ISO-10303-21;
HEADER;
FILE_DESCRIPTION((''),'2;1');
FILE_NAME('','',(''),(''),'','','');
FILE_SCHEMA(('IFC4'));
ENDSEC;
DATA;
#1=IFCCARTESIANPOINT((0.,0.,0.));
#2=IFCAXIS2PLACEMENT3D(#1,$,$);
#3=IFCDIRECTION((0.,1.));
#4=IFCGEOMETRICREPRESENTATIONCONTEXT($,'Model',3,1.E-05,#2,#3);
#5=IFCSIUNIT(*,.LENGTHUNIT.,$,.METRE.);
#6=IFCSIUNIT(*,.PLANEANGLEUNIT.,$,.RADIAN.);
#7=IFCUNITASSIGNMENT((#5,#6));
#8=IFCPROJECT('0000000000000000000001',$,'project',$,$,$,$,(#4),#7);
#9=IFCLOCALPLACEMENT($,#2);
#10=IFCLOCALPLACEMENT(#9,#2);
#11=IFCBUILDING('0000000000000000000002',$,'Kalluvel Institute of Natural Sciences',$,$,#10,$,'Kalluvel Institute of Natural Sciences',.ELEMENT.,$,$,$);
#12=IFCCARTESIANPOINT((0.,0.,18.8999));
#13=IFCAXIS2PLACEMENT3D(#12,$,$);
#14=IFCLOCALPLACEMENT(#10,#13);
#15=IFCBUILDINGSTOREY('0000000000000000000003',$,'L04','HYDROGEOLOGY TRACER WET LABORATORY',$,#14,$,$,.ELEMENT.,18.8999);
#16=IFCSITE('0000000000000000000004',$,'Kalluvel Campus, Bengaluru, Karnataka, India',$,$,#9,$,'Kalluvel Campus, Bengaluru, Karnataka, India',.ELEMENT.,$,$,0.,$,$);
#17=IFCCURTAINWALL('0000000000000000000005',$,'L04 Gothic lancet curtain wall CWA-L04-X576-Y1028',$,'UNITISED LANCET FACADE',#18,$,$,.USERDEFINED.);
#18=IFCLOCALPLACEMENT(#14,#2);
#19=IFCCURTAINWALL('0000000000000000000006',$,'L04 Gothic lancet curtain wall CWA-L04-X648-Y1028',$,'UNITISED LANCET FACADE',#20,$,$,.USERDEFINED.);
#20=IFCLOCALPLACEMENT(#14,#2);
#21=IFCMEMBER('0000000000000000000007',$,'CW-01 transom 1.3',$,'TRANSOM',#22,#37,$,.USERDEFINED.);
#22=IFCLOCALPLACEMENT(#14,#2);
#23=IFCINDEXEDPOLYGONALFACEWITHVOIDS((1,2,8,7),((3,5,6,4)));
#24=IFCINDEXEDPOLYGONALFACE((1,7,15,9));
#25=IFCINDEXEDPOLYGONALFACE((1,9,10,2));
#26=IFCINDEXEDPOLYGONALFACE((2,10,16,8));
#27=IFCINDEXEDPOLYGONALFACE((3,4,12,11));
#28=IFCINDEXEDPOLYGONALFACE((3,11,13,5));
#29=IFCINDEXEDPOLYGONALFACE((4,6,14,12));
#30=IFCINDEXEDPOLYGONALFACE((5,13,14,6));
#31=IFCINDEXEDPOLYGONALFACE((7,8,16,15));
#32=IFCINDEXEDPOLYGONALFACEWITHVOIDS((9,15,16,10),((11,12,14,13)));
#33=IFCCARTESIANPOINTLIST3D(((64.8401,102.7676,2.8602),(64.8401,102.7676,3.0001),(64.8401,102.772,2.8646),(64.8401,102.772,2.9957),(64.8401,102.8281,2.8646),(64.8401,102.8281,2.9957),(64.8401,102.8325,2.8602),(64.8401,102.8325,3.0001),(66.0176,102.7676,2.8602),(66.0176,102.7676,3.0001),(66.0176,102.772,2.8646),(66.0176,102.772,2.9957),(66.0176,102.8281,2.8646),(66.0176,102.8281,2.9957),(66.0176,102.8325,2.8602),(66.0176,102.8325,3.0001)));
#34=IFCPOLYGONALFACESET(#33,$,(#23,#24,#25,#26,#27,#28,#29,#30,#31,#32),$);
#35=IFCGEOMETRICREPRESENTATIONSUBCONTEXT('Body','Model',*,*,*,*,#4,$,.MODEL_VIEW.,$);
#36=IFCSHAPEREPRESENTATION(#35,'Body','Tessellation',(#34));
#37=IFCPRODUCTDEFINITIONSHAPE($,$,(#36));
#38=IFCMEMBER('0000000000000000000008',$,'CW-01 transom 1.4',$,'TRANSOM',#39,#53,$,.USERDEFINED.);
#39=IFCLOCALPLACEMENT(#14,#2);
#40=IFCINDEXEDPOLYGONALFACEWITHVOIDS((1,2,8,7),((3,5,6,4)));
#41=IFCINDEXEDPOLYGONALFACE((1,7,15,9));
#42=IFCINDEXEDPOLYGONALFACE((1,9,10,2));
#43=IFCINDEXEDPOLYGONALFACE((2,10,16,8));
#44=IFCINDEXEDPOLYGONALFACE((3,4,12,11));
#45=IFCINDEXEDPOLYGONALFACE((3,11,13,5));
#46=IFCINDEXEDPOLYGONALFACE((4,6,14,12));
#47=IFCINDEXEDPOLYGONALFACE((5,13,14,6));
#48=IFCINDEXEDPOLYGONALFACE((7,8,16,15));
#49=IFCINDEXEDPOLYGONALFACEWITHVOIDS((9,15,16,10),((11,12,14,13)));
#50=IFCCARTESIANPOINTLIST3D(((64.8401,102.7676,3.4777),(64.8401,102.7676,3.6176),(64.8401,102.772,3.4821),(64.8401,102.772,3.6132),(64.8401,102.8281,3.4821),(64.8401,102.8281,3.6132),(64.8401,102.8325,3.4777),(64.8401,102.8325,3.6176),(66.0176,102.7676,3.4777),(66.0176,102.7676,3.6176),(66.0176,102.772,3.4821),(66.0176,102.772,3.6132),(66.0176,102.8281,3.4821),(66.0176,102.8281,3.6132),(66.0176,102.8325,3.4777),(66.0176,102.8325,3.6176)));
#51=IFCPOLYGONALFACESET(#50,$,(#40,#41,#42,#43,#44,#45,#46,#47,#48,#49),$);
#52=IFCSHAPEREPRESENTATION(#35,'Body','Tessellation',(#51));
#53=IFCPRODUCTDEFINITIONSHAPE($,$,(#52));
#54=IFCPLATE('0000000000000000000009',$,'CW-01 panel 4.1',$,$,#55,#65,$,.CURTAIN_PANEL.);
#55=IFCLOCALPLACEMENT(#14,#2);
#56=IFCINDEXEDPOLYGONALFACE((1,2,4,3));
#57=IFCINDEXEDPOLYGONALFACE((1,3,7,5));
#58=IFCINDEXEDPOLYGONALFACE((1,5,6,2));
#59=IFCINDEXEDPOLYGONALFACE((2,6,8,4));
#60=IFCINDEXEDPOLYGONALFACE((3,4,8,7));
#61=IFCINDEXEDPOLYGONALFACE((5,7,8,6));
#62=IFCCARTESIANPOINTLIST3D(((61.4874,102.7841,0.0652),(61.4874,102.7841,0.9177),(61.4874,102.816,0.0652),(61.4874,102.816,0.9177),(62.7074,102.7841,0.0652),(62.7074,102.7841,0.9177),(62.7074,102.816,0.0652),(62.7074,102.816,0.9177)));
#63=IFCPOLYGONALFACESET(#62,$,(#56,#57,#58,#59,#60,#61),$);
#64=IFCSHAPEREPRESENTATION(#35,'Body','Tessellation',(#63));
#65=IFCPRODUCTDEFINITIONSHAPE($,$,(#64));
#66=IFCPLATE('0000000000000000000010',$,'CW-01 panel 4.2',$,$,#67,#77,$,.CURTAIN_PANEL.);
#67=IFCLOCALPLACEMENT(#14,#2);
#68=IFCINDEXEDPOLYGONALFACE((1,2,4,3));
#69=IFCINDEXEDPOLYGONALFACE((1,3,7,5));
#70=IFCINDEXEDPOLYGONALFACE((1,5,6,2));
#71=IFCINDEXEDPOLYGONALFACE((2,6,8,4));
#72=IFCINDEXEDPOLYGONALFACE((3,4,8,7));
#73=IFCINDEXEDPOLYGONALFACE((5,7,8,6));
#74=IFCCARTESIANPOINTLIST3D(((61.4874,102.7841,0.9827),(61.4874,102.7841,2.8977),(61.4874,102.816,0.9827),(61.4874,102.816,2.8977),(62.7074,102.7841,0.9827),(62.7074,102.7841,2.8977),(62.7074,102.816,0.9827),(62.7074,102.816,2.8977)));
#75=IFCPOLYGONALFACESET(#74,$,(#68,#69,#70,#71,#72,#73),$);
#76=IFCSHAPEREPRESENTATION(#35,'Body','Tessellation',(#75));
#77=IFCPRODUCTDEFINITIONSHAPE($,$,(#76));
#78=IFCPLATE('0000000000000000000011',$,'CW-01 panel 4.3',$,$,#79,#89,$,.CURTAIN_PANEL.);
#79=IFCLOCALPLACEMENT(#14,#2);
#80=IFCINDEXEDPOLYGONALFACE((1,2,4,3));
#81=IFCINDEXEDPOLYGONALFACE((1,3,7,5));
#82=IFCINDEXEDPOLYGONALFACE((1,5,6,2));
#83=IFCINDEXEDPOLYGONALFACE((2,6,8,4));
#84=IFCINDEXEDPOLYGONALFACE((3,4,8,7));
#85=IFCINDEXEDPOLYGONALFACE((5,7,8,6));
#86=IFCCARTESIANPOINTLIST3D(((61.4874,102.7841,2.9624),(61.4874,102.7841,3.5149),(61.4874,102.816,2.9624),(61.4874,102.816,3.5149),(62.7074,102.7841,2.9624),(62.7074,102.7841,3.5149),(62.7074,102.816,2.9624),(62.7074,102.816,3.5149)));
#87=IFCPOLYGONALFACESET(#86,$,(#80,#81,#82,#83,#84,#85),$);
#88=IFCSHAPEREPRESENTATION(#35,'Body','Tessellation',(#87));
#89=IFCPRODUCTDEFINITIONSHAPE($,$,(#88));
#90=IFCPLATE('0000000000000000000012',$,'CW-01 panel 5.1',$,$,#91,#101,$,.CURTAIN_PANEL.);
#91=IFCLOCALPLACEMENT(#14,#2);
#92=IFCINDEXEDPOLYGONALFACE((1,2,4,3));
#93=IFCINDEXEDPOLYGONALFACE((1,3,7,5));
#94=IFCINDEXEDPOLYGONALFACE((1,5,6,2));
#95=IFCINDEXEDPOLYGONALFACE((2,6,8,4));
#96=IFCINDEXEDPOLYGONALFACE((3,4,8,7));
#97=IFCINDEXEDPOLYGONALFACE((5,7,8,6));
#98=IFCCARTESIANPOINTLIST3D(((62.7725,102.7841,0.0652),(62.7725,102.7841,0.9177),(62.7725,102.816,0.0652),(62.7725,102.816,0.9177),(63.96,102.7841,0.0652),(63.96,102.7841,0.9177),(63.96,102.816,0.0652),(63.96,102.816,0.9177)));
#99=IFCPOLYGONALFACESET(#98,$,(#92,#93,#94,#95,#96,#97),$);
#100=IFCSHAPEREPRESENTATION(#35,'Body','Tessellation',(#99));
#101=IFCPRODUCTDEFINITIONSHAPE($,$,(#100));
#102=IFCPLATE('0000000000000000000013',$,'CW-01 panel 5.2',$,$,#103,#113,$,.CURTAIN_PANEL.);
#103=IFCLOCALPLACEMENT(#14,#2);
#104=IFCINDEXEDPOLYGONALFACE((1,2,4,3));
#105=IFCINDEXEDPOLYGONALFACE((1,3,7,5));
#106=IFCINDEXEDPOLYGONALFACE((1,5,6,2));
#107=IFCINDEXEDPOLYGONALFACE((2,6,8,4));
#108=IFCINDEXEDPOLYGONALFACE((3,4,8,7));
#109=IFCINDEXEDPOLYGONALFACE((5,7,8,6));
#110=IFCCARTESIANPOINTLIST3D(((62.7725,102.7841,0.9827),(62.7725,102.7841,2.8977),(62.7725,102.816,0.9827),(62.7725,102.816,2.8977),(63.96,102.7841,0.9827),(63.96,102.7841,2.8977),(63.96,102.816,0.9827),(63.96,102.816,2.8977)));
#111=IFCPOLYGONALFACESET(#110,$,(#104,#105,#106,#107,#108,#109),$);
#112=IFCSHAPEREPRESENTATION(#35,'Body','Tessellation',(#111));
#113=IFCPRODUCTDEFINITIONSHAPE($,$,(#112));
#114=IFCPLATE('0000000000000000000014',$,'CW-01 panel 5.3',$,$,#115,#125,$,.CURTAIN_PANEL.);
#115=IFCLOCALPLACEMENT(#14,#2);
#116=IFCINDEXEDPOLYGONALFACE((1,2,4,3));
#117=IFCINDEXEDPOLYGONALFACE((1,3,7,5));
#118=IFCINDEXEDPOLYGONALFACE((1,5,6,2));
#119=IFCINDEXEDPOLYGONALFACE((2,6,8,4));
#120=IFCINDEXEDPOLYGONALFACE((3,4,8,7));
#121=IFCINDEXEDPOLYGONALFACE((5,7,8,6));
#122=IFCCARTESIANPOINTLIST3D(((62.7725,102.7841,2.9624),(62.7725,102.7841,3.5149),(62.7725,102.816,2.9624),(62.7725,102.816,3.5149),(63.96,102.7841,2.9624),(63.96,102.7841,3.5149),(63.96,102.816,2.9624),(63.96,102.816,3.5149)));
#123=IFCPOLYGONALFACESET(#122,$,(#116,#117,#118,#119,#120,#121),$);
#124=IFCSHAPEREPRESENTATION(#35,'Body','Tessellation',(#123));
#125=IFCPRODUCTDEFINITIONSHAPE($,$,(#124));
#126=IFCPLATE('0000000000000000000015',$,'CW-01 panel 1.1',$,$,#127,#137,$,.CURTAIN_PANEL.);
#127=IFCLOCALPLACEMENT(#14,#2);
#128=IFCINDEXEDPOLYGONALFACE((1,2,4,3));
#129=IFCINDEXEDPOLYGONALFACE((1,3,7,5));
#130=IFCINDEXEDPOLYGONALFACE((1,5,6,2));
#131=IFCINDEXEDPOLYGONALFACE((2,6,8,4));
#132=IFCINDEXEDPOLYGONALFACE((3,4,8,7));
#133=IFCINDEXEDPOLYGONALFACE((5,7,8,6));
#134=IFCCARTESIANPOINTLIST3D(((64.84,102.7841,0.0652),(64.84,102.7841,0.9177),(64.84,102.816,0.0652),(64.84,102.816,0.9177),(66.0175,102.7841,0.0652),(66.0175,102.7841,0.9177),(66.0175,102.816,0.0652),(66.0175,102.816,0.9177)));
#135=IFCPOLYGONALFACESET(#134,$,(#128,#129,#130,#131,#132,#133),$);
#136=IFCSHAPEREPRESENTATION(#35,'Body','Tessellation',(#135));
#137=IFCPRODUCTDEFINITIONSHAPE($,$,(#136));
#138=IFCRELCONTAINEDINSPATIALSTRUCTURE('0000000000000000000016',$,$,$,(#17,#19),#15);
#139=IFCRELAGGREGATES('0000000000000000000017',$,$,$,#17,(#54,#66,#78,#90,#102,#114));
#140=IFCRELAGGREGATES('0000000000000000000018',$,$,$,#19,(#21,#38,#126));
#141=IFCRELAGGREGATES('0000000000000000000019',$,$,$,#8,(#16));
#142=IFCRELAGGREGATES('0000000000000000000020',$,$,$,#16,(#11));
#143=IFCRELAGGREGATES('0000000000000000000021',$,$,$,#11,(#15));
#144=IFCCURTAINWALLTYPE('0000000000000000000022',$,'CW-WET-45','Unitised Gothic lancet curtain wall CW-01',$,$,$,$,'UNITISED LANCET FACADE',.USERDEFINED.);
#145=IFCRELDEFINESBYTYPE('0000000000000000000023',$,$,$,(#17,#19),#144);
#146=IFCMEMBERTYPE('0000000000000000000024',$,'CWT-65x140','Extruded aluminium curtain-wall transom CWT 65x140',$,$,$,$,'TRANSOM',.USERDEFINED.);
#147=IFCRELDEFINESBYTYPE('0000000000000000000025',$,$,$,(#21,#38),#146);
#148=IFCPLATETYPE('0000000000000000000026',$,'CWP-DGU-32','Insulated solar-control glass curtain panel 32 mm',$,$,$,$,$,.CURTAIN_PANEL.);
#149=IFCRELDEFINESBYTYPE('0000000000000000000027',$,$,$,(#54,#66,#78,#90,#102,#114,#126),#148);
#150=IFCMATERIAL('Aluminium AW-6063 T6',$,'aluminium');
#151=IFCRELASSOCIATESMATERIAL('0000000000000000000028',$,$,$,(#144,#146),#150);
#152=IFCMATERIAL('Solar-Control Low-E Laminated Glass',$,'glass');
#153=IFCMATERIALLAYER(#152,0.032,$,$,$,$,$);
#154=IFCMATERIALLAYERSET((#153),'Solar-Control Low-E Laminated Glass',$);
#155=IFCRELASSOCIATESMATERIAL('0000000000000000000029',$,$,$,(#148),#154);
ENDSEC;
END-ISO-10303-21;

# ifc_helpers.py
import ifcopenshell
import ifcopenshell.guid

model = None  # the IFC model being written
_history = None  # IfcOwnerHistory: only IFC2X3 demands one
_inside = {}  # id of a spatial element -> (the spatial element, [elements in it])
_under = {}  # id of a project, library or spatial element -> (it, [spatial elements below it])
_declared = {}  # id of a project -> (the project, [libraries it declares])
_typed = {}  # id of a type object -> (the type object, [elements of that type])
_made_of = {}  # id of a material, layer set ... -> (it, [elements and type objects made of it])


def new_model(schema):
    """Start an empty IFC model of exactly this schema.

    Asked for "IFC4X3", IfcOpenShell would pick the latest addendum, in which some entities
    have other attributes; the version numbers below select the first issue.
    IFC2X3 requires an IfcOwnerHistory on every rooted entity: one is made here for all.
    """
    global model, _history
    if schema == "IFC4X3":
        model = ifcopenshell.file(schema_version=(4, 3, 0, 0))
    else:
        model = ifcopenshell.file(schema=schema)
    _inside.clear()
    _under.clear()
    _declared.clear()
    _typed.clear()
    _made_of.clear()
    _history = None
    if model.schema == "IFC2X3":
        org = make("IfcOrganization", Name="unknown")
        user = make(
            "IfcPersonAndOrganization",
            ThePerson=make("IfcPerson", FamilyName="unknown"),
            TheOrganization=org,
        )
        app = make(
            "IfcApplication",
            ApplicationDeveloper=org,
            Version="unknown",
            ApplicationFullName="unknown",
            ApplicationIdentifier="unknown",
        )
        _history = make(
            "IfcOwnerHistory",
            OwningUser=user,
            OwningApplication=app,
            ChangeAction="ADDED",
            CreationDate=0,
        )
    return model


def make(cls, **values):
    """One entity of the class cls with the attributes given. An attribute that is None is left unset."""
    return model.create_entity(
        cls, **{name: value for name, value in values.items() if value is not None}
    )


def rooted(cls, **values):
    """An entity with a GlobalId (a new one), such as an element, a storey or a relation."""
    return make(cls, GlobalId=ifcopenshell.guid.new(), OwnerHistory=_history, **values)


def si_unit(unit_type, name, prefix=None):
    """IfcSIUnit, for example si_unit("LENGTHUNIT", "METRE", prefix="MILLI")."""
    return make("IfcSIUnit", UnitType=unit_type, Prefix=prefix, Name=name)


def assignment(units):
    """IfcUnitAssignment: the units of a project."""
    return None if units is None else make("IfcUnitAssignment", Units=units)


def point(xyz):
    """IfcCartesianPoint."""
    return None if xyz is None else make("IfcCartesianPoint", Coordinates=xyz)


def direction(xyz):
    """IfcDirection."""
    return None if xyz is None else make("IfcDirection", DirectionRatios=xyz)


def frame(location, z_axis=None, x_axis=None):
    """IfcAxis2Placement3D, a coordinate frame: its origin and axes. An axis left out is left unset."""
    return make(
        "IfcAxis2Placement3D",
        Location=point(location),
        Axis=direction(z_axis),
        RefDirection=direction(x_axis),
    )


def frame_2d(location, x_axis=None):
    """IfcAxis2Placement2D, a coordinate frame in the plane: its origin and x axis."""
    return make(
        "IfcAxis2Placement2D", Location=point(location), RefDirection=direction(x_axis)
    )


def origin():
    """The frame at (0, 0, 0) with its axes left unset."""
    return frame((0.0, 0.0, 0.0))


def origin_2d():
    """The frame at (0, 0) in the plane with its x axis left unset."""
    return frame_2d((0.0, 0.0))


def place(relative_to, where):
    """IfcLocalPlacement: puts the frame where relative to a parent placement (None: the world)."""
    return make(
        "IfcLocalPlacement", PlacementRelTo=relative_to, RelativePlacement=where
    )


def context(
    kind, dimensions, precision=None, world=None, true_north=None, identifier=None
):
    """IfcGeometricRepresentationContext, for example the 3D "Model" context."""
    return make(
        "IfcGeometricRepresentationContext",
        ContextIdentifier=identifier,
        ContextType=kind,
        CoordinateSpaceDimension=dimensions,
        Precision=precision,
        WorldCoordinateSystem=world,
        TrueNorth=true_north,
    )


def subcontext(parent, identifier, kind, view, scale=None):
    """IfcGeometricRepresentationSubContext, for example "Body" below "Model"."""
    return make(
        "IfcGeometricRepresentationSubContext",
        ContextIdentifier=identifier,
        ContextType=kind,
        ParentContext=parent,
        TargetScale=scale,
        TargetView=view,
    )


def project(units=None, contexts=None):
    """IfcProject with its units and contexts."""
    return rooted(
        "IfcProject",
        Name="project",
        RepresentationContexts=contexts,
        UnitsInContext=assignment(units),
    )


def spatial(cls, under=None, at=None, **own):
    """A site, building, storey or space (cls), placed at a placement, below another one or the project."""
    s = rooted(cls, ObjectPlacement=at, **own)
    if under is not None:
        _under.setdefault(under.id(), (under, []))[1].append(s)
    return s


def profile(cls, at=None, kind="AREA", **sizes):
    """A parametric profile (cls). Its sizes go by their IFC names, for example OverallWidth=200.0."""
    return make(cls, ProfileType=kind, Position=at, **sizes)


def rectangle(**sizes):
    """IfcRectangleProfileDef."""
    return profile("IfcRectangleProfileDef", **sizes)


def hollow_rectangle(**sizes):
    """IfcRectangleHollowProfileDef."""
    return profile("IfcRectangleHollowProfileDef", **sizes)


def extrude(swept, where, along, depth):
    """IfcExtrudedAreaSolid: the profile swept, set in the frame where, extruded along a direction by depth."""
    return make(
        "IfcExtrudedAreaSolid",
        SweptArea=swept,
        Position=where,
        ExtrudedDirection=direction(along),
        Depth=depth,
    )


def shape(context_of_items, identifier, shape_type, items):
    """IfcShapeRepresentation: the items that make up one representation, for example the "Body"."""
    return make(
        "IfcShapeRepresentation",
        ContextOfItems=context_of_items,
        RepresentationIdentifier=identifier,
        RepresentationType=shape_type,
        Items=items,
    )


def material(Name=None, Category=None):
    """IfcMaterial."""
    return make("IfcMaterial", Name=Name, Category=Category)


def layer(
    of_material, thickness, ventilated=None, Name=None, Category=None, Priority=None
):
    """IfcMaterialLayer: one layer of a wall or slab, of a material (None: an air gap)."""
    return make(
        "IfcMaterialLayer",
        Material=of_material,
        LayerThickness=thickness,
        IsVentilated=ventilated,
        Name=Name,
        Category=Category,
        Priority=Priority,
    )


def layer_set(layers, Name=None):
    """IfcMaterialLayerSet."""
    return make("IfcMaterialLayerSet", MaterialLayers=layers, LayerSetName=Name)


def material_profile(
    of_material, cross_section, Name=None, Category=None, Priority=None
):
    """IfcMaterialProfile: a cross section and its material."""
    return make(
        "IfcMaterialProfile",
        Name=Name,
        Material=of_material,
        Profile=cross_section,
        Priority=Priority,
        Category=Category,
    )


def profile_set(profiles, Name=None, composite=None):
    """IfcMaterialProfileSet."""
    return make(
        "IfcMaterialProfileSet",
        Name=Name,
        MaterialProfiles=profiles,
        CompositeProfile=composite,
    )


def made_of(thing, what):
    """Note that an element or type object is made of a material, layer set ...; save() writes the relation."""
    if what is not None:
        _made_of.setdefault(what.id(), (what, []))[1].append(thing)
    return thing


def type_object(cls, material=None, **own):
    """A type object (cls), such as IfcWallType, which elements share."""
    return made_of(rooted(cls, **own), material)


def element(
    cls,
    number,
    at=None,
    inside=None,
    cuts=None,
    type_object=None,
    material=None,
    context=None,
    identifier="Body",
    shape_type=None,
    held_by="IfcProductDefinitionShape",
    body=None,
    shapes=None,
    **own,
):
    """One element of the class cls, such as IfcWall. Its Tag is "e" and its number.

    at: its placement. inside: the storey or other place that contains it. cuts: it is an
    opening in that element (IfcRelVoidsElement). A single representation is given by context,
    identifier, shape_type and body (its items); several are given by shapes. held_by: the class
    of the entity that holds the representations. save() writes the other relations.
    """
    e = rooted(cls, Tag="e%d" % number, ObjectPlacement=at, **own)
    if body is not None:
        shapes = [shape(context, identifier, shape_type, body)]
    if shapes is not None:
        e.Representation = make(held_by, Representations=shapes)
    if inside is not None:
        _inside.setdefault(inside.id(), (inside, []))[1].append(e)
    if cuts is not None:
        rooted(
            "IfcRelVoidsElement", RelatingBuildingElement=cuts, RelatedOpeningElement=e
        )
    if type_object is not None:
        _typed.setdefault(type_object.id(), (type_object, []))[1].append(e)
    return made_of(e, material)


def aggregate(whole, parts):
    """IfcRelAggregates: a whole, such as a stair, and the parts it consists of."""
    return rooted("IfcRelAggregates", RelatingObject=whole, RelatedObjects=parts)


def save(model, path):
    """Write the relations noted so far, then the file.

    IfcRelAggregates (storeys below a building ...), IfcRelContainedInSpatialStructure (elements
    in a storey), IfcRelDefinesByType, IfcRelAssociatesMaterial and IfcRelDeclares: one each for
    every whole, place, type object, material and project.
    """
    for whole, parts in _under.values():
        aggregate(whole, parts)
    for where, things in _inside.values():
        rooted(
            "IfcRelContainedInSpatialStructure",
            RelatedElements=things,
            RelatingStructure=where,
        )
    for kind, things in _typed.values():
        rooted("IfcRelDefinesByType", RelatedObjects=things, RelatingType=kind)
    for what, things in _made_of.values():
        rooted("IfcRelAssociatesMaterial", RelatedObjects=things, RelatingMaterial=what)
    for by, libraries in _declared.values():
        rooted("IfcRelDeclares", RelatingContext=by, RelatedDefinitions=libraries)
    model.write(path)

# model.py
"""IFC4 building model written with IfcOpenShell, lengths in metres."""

from ifc_helpers import new_model, si_unit, direction, frame, origin, origin_2d, place, context, subcontext, project, spatial, rectangle, hollow_rectangle, extrude, material, layer, layer_set, material_profile, profile_set, type_object, element, aggregate, save


model = new_model("IFC4")

# Units and contexts
model_context = context("Model", 3, precision=1e-05, world=origin(), true_north=direction((0.0, 1.0)))
body_context = subcontext(model_context, "Body", "Model", "MODEL_VIEW")
ifc_project = project(units=[si_unit("LENGTHUNIT", "METRE"), si_unit("PLANEANGLEUNIT", "RADIAN")], contexts=[model_context])

# Site, building, storey
site_placement = place(None, origin())
site = spatial("IfcSite", under=ifc_project, at=site_placement, Name="Kalluvel Campus, Bengaluru, Karnataka, India", LongName="Kalluvel Campus, Bengaluru, Karnataka, India", CompositionType="ELEMENT", RefElevation=0.0)
building_placement = place(site_placement, origin())
building = spatial("IfcBuilding", under=site, at=building_placement, Name="Kalluvel Institute of Natural Sciences", LongName="Kalluvel Institute of Natural Sciences", CompositionType="ELEMENT")
storey_placement = place(building_placement, frame((0.0, 0.0, 18.8999)))
storey = spatial("IfcBuildingStorey", under=building, at=storey_placement, Name="L04", Description="HYDROGEOLOGY TRACER WET LABORATORY", CompositionType="ELEMENT", Elevation=18.8999)

# Curtain wall
ifc_material_1 = material(Name="Aluminium AW-6063 T6", Category="aluminium")
curtain_wall_type = type_object("IfcCurtainWallType", Name="CW-WET-45", Description="Unitised Gothic lancet curtain wall CW-01", ElementType="UNITISED LANCET FACADE", PredefinedType="USERDEFINED", material=ifc_material_1)
curtain_wall_1_placement = place(storey_placement, origin())
curtain_wall_1 = element("IfcCurtainWall", 1, at=curtain_wall_1_placement, inside=storey, type_object=curtain_wall_type, Name="L04 Gothic lancet curtain wall CWA-L04-X576-Y1028", ObjectType="UNITISED LANCET FACADE", PredefinedType="USERDEFINED")

# Curtain wall
curtain_wall_2_placement = place(storey_placement, origin())
curtain_wall_2 = element("IfcCurtainWall", 2, at=curtain_wall_2_placement, inside=storey, type_object=curtain_wall_type, Name="L04 Gothic lancet curtain wall CWA-L04-X648-Y1028", ObjectType="UNITISED LANCET FACADE", PredefinedType="USERDEFINED")

# Members
ifc_material_profile_1 = material_profile(ifc_material_1, hollow_rectangle(XDim=0.0649, YDim=0.1399, WallThickness=0.0044, at=origin_2d()), Name="CWT 65x140")
ifc_profile_set_1 = profile_set([ifc_material_profile_1], Name="Aluminium AW-6063 T6")
member_type_1 = type_object("IfcMemberType", Name="CWT-65x140", Description="Extruded aluminium curtain-wall transom CWT 65x140", ElementType="TRANSOM", PredefinedType="USERDEFINED", material=ifc_profile_set_1)
member_1_placement = place(storey_placement, frame((64.8401, 102.8, 2.9302), z_axis=(1.0, 0.0, 0.0), x_axis=(0.0, 1.0, 0.0)))
member_1 = element("IfcMember", 3, at=member_1_placement, type_object=member_type_1, Name="CW-01 transom 1.3", ObjectType="TRANSOM", PredefinedType="USERDEFINED", context=body_context, shape_type="SweptSolid", body=[
    extrude(hollow_rectangle(XDim=0.0649, YDim=0.1399, WallThickness=0.0044, at=origin_2d()), origin(), (0.0, 0.0, 1.0), 1.1775),
])
member_2_placement = place(storey_placement, frame((64.8401, 102.8, 3.5476), z_axis=(1.0, 0.0, 0.0), x_axis=(0.0, 1.0, 0.0)))
member_2 = element("IfcMember", 4, at=member_2_placement, type_object=member_type_1, Name="CW-01 transom 1.4", ObjectType="TRANSOM", PredefinedType="USERDEFINED", context=body_context, shape_type="SweptSolid", body=[
    extrude(hollow_rectangle(XDim=0.0649, YDim=0.1399, WallThickness=0.0044, at=origin_2d()), origin(), (0.0, 0.0, 1.0), 1.1775),
])

# Plates
ifc_material_2 = material(Name="Solar-Control Low-E Laminated Glass", Category="glass")
ifc_layer = layer(ifc_material_2, 0.032)
ifc_layer_set = layer_set([ifc_layer], Name="Solar-Control Low-E Laminated Glass")
plate_type = type_object("IfcPlateType", Name="CWP-DGU-32", Description="Insulated solar-control glass curtain panel 32 mm", PredefinedType="CURTAIN_PANEL", material=ifc_layer_set)
plate_1_placement = place(storey_placement, frame((62.0974, 102.8, 0.0652), z_axis=(0.0, 0.0, 1.0), x_axis=(1.0, 0.0, 0.0)))
plate_1 = element("IfcPlate", 5, at=plate_1_placement, type_object=plate_type, Name="CW-01 panel 4.1", PredefinedType="CURTAIN_PANEL", context=body_context, shape_type="SweptSolid", body=[
    extrude(rectangle(XDim=1.22, YDim=0.032, at=origin_2d()), origin(), (0.0, 0.0, 1.0), 0.8525),
])
plate_2_placement = place(storey_placement, frame((62.0974, 102.8, 0.9827), z_axis=(0.0, 0.0, 1.0), x_axis=(1.0, 0.0, 0.0)))
plate_2 = element("IfcPlate", 6, at=plate_2_placement, type_object=plate_type, Name="CW-01 panel 4.2", PredefinedType="CURTAIN_PANEL", context=body_context, shape_type="SweptSolid", body=[
    extrude(rectangle(XDim=1.22, YDim=0.032, at=origin_2d()), origin(), (0.0, 0.0, 1.0), 1.915),
])
plate_3_placement = place(storey_placement, frame((62.0974, 102.8, 2.9624), z_axis=(0.0, 0.0, 1.0), x_axis=(1.0, 0.0, 0.0)))
plate_3 = element("IfcPlate", 7, at=plate_3_placement, type_object=plate_type, Name="CW-01 panel 4.3", PredefinedType="CURTAIN_PANEL", context=body_context, shape_type="SweptSolid", body=[
    extrude(rectangle(XDim=1.22, YDim=0.032, at=origin_2d()), origin(), (0.0, 0.0, 1.0), 0.5525),
])
plate_4_placement = place(storey_placement, frame((63.3662, 102.8, 0.0652), z_axis=(0.0, 0.0, 1.0), x_axis=(1.0, 0.0, 0.0)))
plate_4 = element("IfcPlate", 8, at=plate_4_placement, type_object=plate_type, Name="CW-01 panel 5.1", PredefinedType="CURTAIN_PANEL", context=body_context, shape_type="SweptSolid", body=[
    extrude(rectangle(XDim=1.1875, YDim=0.032, at=origin_2d()), origin(), (0.0, 0.0, 1.0), 0.8525),
])
plate_5_placement = place(storey_placement, frame((63.3662, 102.8, 0.9827), z_axis=(0.0, 0.0, 1.0), x_axis=(1.0, 0.0, 0.0)))
plate_5 = element("IfcPlate", 9, at=plate_5_placement, type_object=plate_type, Name="CW-01 panel 5.2", PredefinedType="CURTAIN_PANEL", context=body_context, shape_type="SweptSolid", body=[
    extrude(rectangle(XDim=1.1875, YDim=0.032, at=origin_2d()), origin(), (0.0, 0.0, 1.0), 1.915),
])
plate_6_placement = place(storey_placement, frame((63.3662, 102.8, 2.9624), z_axis=(0.0, 0.0, 1.0), x_axis=(1.0, 0.0, 0.0)))
plate_6 = element("IfcPlate", 10, at=plate_6_placement, type_object=plate_type, Name="CW-01 panel 5.3", PredefinedType="CURTAIN_PANEL", context=body_context, shape_type="SweptSolid", body=[
    extrude(rectangle(XDim=1.1875, YDim=0.032, at=origin_2d()), origin(), (0.0, 0.0, 1.0), 0.5525),
])
aggregate(curtain_wall_1, [plate_1, plate_2, plate_3, plate_4, plate_5, plate_6])
plate_7_placement = place(storey_placement, frame((65.4287, 102.8, 0.0652), z_axis=(0.0, 0.0, 1.0), x_axis=(1.0, 0.0, 0.0)))
plate_7 = element("IfcPlate", 11, at=plate_7_placement, type_object=plate_type, Name="CW-01 panel 1.1", PredefinedType="CURTAIN_PANEL", context=body_context, shape_type="SweptSolid", body=[
    extrude(rectangle(XDim=1.1775, YDim=0.032, at=origin_2d()), origin(), (0.0, 0.0, 1.0), 0.8525),
])
aggregate(curtain_wall_2, [member_1, member_2, plate_7])

save(model, "model.ifc")
